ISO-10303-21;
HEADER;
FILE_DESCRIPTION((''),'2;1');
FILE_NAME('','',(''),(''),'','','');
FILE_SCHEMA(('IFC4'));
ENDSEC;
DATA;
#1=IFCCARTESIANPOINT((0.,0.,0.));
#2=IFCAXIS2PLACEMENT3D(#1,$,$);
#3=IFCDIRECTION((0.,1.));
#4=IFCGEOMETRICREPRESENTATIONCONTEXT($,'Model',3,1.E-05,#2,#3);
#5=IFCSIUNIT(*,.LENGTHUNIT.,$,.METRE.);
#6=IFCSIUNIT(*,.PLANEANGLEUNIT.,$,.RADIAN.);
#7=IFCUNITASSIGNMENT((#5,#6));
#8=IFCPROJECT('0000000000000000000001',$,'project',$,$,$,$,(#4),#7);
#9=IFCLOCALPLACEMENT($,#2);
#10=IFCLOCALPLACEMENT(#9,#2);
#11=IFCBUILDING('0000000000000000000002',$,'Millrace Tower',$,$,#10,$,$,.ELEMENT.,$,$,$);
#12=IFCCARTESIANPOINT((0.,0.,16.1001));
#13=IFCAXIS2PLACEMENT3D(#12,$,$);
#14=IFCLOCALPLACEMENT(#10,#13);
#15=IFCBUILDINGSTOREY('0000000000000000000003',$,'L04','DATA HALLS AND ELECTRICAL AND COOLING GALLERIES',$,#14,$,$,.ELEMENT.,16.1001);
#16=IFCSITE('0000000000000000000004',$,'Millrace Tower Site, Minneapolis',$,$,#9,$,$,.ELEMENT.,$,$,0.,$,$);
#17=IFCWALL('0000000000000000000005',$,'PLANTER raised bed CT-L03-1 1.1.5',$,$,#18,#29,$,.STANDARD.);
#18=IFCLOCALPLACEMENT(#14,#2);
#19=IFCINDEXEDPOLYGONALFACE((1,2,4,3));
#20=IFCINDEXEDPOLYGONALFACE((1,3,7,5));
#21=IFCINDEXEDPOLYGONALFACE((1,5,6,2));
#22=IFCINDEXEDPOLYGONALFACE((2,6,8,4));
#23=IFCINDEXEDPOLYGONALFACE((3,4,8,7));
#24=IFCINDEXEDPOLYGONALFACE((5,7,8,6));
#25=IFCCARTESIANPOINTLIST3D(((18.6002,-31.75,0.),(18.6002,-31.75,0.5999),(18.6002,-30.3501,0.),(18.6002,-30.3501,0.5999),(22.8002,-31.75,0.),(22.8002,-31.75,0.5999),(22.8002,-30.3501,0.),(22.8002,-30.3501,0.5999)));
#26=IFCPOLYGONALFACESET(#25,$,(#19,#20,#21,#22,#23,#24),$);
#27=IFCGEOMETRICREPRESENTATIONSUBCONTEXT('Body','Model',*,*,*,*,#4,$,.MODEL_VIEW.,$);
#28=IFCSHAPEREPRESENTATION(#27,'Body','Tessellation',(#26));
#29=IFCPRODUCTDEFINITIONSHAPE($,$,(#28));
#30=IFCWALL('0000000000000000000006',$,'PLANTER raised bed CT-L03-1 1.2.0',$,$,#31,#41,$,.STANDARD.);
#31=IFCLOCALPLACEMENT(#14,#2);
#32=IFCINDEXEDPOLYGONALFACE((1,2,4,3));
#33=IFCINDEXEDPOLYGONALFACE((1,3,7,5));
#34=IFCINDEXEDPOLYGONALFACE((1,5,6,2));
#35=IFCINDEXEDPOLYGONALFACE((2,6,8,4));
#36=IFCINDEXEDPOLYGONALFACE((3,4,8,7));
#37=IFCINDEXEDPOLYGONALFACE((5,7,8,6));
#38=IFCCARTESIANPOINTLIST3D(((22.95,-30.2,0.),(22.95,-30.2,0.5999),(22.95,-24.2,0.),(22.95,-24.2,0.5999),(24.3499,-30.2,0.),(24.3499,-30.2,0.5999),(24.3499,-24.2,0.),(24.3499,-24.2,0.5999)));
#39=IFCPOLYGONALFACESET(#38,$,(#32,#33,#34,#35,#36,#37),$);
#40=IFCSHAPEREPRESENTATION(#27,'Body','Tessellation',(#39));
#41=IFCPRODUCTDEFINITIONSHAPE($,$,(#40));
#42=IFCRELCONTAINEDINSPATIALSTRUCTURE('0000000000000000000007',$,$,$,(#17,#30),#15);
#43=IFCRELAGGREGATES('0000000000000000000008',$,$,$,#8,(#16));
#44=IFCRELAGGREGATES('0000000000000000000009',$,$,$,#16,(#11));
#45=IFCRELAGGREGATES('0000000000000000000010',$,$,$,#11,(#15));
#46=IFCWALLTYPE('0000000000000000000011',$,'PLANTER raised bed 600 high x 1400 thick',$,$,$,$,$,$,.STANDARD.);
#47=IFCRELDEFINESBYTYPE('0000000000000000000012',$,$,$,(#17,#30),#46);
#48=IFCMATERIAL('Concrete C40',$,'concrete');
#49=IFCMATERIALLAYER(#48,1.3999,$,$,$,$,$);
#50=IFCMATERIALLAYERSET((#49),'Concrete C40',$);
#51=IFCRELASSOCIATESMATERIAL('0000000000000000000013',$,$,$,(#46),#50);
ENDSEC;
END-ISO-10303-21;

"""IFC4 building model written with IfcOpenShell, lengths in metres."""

from ifc_helpers import new_model, si_unit, direction, frame, frame_2d, origin, place, context, subcontext, project, spatial, rectangle, extrude, material, layer, layer_set, type_object, element, save


model = new_model("IFC4")

# Units and contexts
model_context = context("Model", 3, precision=1e-05, world=origin(), true_north=direction((0.0, 1.0)))
body_context = subcontext(model_context, "Body", "Model", "MODEL_VIEW")
ifc_project = project(units=[si_unit("LENGTHUNIT", "METRE"), si_unit("PLANEANGLEUNIT", "RADIAN")], contexts=[model_context])

# Site, building, storey
site_placement = place(None, origin())
site = spatial("IfcSite", under=ifc_project, at=site_placement, Name="Millrace Tower Site, Minneapolis", CompositionType="ELEMENT", RefElevation=0.0)
building_placement = place(site_placement, origin())
building = spatial("IfcBuilding", under=site, at=building_placement, Name="Millrace Tower", CompositionType="ELEMENT")
storey_placement = place(building_placement, frame((0.0, 0.0, 16.1001)))
storey = spatial("IfcBuildingStorey", under=building, at=storey_placement, Name="L04", Description="DATA HALLS AND ELECTRICAL AND COOLING GALLERIES", CompositionType="ELEMENT", Elevation=16.1001)

# Walls
ifc_material_1 = material(Name="Concrete C40", Category="concrete")
ifc_layer_1 = layer(ifc_material_1, 1.3999)
ifc_layer_set_1 = layer_set([ifc_layer_1], Name="Concrete C40")
wall_type = type_object("IfcWallType", Name="PLANTER raised bed 600 high x 1400 thick", PredefinedType="STANDARD", material=ifc_layer_set_1)
wall_1_placement = place(storey_placement, frame((18.6001, -31.05, 0.0), z_axis=(0.0, 0.0, 1.0), x_axis=(1.0, 0.0, 0.0)))
element("IfcWall", 1, at=wall_1_placement, inside=storey, type_object=wall_type, Name="PLANTER raised bed CT-L03-1 1.1.5", PredefinedType="STANDARD", context=body_context, shape_type="SweptSolid", body=[
    extrude(rectangle(XDim=4.2, YDim=1.3999, at=frame_2d((2.1001, 0.0))), origin(), (0.0, 0.0, 1.0), 0.5999),
])
wall_2_placement = place(storey_placement, frame((23.6499, -30.2, 0.0), z_axis=(0.0, 0.0, 1.0), x_axis=(0.0, 1.0, 0.0)))
element("IfcWall", 2, at=wall_2_placement, inside=storey, type_object=wall_type, Name="PLANTER raised bed CT-L03-1 1.2.0", PredefinedType="STANDARD", context=body_context, shape_type="SweptSolid", body=[
    extrude(rectangle(XDim=6.0, YDim=1.3999, at=frame_2d((3.0, 0.0))), origin(), (0.0, 0.0, 1.0), 0.5999),
])

save(model, "model.ifc")
